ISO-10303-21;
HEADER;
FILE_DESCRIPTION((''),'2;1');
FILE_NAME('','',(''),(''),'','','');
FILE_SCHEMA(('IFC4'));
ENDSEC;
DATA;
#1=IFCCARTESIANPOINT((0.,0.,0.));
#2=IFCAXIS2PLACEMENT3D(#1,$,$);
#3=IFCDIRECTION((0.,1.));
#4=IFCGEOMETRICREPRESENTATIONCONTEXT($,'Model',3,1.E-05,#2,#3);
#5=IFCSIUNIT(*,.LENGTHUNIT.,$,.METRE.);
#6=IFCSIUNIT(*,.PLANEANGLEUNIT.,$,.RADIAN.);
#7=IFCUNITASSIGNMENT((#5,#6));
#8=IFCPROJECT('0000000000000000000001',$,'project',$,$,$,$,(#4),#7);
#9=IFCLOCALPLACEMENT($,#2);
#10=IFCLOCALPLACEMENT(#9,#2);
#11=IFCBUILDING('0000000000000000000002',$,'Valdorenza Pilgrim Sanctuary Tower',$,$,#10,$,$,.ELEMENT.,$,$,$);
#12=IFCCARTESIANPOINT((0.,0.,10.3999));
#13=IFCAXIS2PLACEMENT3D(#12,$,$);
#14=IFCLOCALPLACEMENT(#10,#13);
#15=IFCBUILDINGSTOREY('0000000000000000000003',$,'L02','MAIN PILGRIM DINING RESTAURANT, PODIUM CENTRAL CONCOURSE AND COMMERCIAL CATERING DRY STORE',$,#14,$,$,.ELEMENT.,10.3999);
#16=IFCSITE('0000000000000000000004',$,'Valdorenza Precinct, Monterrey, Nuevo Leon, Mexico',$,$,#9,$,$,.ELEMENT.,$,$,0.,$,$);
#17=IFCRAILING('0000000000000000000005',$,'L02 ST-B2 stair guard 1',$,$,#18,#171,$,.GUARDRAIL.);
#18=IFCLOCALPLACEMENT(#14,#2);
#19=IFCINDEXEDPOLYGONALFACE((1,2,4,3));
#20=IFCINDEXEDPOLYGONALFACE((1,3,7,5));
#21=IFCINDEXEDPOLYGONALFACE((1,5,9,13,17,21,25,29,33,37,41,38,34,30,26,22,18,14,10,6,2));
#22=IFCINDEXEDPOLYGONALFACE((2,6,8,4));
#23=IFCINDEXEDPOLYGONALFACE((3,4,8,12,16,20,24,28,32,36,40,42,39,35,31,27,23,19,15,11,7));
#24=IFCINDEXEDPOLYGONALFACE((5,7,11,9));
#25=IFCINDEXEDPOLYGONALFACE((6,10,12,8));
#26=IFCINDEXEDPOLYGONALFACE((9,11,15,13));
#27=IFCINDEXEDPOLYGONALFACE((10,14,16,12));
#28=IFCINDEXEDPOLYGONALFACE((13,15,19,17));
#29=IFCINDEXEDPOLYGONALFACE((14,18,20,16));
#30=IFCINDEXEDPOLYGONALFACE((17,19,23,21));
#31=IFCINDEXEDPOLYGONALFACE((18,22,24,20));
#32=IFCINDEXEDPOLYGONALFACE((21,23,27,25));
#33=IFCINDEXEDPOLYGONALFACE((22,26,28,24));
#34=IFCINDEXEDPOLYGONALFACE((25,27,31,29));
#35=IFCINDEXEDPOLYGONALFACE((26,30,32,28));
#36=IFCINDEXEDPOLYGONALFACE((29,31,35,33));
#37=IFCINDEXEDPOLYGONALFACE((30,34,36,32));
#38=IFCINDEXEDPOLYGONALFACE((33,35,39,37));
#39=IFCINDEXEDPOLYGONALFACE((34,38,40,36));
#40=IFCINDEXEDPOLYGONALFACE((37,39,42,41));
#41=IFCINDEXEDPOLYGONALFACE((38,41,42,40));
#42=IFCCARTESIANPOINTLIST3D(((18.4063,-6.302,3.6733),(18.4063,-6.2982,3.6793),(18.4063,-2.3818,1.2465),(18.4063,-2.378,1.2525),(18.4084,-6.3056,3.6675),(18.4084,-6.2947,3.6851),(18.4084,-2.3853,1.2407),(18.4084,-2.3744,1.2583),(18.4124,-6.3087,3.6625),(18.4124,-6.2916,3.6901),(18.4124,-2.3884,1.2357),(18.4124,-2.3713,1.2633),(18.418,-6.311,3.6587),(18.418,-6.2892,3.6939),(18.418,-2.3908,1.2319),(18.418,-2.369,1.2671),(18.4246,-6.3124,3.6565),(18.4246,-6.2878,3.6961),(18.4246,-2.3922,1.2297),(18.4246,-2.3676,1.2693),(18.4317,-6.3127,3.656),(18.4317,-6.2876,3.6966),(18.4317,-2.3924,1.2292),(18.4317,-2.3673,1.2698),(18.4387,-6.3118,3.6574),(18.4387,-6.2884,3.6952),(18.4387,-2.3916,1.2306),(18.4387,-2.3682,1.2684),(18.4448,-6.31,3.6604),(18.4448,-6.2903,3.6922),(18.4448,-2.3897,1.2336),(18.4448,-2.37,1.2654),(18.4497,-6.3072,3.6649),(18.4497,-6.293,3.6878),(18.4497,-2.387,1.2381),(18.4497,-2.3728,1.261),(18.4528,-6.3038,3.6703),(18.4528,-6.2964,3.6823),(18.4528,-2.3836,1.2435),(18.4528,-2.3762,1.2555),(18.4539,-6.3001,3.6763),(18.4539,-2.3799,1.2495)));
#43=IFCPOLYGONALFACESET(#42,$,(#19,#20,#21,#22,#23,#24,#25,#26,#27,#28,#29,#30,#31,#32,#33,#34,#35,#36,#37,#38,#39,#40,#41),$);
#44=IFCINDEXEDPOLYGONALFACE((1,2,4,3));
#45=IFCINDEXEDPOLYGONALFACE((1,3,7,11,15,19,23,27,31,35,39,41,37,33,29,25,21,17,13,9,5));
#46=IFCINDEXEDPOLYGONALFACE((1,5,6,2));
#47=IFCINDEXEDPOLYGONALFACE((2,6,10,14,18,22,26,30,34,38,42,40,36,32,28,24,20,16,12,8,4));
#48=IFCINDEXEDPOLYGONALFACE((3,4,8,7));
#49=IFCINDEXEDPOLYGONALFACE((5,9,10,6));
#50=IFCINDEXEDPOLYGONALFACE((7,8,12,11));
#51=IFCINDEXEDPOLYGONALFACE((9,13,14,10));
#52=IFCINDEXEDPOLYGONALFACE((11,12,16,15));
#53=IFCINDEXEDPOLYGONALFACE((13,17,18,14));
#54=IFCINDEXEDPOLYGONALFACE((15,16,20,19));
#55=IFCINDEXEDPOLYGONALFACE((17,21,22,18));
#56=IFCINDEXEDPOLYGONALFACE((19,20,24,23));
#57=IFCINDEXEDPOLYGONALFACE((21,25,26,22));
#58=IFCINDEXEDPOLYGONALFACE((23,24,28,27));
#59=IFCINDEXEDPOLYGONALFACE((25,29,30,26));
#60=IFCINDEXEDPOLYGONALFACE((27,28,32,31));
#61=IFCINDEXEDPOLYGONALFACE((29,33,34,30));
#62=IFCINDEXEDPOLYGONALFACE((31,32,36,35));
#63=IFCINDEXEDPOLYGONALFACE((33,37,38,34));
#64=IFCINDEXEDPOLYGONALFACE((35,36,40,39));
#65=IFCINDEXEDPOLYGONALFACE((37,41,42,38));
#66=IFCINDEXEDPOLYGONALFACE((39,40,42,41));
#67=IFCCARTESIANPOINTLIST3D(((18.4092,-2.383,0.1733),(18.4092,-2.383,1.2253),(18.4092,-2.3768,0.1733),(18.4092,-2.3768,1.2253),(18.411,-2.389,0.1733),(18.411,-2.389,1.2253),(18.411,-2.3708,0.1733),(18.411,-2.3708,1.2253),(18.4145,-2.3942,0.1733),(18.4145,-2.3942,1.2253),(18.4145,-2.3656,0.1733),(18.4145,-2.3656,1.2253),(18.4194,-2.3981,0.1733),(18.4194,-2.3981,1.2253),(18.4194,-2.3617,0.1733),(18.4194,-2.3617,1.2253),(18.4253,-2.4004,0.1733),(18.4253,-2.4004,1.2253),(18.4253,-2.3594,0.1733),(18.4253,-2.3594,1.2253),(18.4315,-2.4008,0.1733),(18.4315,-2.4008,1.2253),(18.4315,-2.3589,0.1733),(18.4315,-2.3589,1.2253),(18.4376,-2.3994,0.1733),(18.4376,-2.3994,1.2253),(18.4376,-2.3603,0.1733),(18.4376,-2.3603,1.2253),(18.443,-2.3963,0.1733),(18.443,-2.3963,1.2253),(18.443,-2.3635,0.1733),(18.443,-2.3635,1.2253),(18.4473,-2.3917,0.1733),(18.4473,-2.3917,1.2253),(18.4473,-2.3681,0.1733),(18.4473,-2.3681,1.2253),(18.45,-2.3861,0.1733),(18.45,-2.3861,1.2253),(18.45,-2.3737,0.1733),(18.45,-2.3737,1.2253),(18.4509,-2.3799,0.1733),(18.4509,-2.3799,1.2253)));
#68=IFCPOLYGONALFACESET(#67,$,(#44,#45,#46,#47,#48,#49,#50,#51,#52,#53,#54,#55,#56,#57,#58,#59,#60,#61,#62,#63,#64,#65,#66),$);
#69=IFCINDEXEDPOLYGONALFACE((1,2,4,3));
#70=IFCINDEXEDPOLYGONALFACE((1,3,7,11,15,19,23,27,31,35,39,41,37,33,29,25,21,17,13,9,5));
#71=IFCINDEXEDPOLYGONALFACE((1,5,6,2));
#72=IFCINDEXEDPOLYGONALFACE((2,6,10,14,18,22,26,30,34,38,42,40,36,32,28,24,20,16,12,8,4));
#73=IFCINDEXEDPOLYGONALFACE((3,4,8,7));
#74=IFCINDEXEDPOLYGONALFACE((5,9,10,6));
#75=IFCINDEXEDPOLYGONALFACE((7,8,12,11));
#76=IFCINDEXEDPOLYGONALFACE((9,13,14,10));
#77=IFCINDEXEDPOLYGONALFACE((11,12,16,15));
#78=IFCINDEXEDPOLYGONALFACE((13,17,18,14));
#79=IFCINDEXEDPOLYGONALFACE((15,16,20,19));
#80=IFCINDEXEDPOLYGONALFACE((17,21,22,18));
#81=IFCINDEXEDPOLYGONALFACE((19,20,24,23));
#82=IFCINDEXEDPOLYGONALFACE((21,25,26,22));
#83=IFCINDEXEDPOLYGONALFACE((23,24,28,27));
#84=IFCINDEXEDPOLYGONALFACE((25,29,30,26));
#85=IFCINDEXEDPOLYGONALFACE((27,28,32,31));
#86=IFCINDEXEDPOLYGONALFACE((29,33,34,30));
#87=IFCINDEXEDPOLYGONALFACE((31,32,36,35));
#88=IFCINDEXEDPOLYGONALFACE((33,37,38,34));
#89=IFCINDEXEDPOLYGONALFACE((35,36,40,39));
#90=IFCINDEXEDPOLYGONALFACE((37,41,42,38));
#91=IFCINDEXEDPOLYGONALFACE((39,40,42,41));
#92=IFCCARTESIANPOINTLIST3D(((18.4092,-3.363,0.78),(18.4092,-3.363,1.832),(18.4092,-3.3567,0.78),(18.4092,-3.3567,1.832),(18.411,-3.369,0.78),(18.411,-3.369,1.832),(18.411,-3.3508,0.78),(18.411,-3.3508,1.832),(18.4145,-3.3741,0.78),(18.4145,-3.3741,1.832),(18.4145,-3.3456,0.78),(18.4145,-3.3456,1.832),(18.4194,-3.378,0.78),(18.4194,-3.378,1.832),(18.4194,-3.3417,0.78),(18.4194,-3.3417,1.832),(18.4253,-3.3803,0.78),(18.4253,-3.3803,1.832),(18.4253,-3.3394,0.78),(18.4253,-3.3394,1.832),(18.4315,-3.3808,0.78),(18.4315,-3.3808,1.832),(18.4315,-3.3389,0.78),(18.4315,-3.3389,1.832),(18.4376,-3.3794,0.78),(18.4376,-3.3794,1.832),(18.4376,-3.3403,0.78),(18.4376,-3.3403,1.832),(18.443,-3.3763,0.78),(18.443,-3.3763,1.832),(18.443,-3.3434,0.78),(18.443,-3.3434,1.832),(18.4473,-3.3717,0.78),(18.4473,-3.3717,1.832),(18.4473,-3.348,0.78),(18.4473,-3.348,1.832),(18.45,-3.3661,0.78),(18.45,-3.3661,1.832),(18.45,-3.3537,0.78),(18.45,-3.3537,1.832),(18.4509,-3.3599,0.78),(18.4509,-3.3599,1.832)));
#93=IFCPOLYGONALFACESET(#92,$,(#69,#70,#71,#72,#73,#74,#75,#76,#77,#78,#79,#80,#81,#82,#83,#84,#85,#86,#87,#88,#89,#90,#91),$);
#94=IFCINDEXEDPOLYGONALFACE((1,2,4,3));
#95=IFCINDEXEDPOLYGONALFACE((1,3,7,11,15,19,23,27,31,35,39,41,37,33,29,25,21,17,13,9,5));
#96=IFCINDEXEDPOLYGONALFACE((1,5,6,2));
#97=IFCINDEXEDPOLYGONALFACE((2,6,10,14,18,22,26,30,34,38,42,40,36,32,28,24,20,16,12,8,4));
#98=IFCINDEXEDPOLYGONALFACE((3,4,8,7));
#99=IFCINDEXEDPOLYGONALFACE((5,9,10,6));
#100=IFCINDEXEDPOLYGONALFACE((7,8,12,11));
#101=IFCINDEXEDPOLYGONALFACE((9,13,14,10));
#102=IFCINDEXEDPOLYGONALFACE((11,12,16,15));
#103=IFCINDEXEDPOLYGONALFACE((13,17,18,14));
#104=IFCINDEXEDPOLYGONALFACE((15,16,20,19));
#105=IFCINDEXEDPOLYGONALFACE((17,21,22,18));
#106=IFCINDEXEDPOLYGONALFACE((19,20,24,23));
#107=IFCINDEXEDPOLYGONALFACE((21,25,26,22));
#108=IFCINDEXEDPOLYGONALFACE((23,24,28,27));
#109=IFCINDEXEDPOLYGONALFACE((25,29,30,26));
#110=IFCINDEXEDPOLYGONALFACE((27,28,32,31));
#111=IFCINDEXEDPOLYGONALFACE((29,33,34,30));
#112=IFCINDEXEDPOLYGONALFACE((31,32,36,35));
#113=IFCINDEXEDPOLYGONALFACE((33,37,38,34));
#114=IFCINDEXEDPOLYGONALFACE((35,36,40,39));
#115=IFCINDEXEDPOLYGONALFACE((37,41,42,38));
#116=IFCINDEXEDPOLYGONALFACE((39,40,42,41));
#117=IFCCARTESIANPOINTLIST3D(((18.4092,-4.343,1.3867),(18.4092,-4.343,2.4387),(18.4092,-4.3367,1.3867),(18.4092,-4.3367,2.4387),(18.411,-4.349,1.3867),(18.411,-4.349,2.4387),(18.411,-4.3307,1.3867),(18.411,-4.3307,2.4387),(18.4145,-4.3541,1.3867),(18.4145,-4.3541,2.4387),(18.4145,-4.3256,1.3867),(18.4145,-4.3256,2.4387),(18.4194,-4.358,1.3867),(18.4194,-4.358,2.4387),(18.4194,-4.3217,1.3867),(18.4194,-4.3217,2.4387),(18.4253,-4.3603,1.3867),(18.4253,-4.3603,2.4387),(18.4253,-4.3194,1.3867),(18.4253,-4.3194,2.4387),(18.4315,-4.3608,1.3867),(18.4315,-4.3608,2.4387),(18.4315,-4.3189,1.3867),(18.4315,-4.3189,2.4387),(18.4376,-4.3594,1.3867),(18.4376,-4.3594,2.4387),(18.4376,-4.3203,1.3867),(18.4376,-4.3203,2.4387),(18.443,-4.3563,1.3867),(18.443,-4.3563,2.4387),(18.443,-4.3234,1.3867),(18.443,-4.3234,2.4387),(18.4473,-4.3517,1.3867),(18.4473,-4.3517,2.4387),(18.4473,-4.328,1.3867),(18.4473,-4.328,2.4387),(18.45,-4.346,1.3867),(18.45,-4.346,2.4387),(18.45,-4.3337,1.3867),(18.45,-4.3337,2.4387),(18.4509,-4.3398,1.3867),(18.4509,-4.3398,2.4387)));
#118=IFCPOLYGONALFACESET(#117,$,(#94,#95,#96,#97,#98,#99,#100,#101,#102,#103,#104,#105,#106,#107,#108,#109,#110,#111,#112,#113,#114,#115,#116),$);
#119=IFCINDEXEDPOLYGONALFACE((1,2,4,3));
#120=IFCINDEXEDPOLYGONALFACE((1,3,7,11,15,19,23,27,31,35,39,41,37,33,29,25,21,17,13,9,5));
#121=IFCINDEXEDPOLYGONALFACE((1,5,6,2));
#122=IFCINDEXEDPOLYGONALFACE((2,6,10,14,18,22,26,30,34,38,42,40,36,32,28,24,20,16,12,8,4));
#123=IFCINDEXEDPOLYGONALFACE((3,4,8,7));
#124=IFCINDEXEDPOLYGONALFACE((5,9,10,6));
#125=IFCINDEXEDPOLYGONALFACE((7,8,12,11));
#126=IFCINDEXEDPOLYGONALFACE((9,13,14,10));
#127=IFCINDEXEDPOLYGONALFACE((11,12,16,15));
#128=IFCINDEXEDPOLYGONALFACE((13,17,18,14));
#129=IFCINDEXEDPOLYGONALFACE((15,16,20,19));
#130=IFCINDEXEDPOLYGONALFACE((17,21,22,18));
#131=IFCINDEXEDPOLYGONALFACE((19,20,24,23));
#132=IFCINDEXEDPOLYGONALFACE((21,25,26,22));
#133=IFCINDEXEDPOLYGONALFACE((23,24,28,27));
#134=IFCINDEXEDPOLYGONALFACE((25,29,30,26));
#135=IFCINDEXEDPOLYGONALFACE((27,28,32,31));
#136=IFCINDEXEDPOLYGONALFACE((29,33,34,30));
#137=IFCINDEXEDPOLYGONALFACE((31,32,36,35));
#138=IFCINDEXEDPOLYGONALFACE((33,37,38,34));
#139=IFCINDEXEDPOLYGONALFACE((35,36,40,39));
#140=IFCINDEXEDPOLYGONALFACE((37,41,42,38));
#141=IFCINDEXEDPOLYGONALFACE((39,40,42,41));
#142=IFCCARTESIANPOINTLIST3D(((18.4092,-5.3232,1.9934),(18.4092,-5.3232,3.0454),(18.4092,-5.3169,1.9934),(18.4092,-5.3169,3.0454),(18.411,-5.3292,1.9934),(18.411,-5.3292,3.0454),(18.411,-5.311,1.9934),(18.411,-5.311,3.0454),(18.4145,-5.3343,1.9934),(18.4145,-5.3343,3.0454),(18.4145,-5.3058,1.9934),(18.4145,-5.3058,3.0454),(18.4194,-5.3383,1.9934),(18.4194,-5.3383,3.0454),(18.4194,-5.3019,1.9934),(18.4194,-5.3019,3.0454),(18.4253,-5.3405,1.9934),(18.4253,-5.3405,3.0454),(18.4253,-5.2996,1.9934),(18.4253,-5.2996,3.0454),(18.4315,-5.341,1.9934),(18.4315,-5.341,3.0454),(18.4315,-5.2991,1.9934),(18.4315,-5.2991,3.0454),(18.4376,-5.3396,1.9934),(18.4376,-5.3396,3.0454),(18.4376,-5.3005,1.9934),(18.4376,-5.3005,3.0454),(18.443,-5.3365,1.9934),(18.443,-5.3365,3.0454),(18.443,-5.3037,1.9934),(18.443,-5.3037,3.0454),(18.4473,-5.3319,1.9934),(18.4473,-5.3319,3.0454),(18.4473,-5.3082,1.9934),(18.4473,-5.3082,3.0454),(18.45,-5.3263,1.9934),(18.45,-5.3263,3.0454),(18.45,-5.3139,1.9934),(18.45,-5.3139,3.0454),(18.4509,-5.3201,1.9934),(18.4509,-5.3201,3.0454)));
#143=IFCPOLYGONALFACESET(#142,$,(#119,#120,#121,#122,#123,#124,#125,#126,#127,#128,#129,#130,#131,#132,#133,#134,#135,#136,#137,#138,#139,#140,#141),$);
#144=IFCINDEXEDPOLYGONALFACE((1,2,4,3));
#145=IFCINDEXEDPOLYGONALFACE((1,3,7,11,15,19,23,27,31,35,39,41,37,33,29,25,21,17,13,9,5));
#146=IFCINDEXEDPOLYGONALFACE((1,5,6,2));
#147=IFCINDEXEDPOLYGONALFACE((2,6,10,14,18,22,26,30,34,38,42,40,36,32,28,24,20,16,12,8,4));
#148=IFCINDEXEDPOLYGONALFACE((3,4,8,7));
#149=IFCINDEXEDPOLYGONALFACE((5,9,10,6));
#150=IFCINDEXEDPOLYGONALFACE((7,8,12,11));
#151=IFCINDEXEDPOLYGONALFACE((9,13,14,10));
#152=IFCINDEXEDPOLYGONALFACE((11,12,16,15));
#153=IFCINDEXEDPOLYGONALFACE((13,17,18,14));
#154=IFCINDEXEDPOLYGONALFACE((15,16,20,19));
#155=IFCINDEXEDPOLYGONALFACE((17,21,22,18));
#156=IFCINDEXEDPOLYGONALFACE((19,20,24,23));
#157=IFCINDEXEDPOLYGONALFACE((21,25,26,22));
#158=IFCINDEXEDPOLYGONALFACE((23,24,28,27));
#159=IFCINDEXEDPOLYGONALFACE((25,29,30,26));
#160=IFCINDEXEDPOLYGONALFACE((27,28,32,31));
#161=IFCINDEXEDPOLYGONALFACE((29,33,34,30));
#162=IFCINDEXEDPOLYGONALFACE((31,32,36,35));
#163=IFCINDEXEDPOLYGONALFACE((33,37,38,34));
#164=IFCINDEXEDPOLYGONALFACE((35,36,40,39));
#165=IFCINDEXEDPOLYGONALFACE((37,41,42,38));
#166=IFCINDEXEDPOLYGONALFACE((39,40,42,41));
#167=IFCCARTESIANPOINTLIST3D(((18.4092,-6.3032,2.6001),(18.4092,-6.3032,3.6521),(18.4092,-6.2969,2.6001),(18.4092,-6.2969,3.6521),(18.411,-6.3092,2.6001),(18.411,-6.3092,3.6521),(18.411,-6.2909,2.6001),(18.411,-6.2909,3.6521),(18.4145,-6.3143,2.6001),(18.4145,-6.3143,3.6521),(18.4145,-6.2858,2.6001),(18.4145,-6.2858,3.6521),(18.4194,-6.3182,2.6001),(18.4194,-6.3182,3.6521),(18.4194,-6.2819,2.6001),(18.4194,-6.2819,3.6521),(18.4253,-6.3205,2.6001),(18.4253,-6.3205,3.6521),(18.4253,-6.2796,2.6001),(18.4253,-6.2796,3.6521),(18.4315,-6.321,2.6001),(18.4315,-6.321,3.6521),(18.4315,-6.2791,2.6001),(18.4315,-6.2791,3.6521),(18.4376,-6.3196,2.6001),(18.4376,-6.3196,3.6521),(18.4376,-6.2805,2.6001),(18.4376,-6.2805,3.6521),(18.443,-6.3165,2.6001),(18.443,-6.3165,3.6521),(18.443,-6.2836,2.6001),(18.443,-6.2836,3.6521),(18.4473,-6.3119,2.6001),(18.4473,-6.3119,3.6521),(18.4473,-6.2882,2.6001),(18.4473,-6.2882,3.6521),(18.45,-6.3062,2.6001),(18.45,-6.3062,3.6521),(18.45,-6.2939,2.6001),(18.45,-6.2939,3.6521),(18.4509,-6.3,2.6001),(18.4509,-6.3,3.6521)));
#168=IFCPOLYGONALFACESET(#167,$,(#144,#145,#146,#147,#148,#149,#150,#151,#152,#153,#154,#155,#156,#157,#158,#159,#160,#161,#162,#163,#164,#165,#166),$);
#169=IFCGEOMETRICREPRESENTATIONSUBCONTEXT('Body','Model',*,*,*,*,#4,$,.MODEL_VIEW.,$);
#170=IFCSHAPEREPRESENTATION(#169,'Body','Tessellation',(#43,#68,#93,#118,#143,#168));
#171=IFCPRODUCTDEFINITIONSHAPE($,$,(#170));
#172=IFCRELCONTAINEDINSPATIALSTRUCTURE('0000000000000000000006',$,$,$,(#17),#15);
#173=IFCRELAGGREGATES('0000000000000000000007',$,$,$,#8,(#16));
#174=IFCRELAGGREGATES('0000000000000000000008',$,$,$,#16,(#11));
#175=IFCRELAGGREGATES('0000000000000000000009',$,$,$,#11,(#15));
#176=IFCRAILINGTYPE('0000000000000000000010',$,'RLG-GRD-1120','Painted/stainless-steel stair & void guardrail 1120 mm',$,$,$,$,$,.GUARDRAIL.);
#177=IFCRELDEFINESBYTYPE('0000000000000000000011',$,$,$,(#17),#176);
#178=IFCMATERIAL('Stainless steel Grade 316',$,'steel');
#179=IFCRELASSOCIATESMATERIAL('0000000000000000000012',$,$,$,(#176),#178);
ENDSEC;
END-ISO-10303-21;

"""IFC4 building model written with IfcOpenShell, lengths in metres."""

from ifc_helpers import new_model, si_unit, direction, frame, origin, origin_2d, place, context, subcontext, project, spatial, circle, extrude, material, type_object, element, save


model = new_model("IFC4")

# Units and contexts
model_context = context("Model", 3, precision=1e-05, world=origin(), true_north=direction((0.0, 1.0)))
body_context = subcontext(model_context, "Body", "Model", "MODEL_VIEW")
ifc_project = project(units=[si_unit("LENGTHUNIT", "METRE"), si_unit("PLANEANGLEUNIT", "RADIAN")], contexts=[model_context])

# Site, building, storey
site_placement = place(None, origin())
site = spatial("IfcSite", under=ifc_project, at=site_placement, Name="Valdorenza Precinct, Monterrey, Nuevo Leon, Mexico", CompositionType="ELEMENT", RefElevation=0.0)
building_placement = place(site_placement, origin())
building = spatial("IfcBuilding", under=site, at=building_placement, Name="Valdorenza Pilgrim Sanctuary Tower", CompositionType="ELEMENT")
storey_placement = place(building_placement, frame((0.0, 0.0, 10.3999)))
storey = spatial("IfcBuildingStorey", under=building, at=storey_placement, Name="L02", Description="MAIN PILGRIM DINING RESTAURANT, PODIUM CENTRAL CONCOURSE AND COMMERCIAL CATERING DRY STORE", CompositionType="ELEMENT", Elevation=10.3999)

# Railing
ifc_material_1 = material(Name="Stainless steel Grade 316", Category="steel")
railing_type = type_object("IfcRailingType", Name="RLG-GRD-1120", Description="Painted/stainless-steel stair & void guardrail 1120 mm", PredefinedType="GUARDRAIL", material=ifc_material_1)
railing_1_placement = place(storey_placement, frame((18.4299, -2.3799, 0.1733)))
element("IfcRailing", 1, at=railing_1_placement, inside=storey, type_object=railing_type, Name="L02 ST-B2 stair guard 1", PredefinedType="GUARDRAIL", context=body_context, shape_type="SweptSolid", body=[
    extrude(circle(Radius=0.0239, at=origin_2d()), frame((0.0, 0.0, 1.0762), z_axis=(0.0, -0.850266, 0.526353), x_axis=(1.0, 0.0, 0.0)), (0.0, 0.0, 1.0), 4.6106),
    extrude(circle(Radius=0.021, at=origin_2d()), origin(), (0.0, 0.0, 1.0), 1.052),
    extrude(circle(Radius=0.021, at=origin_2d()), frame((0.0, -0.98, 0.6067)), (0.0, 0.0, 1.0), 1.052),
    extrude(circle(Radius=0.021, at=origin_2d()), frame((0.0, -1.96, 1.2134)), (0.0, 0.0, 1.0), 1.052),
    extrude(circle(Radius=0.021, at=origin_2d()), frame((0.0, -2.9402, 1.8201)), (0.0, 0.0, 1.0), 1.052),
    extrude(circle(Radius=0.021, at=origin_2d()), frame((0.0, -3.9202, 2.4268)), (0.0, 0.0, 1.0), 1.052),
])

save(model, "model.ifc")
